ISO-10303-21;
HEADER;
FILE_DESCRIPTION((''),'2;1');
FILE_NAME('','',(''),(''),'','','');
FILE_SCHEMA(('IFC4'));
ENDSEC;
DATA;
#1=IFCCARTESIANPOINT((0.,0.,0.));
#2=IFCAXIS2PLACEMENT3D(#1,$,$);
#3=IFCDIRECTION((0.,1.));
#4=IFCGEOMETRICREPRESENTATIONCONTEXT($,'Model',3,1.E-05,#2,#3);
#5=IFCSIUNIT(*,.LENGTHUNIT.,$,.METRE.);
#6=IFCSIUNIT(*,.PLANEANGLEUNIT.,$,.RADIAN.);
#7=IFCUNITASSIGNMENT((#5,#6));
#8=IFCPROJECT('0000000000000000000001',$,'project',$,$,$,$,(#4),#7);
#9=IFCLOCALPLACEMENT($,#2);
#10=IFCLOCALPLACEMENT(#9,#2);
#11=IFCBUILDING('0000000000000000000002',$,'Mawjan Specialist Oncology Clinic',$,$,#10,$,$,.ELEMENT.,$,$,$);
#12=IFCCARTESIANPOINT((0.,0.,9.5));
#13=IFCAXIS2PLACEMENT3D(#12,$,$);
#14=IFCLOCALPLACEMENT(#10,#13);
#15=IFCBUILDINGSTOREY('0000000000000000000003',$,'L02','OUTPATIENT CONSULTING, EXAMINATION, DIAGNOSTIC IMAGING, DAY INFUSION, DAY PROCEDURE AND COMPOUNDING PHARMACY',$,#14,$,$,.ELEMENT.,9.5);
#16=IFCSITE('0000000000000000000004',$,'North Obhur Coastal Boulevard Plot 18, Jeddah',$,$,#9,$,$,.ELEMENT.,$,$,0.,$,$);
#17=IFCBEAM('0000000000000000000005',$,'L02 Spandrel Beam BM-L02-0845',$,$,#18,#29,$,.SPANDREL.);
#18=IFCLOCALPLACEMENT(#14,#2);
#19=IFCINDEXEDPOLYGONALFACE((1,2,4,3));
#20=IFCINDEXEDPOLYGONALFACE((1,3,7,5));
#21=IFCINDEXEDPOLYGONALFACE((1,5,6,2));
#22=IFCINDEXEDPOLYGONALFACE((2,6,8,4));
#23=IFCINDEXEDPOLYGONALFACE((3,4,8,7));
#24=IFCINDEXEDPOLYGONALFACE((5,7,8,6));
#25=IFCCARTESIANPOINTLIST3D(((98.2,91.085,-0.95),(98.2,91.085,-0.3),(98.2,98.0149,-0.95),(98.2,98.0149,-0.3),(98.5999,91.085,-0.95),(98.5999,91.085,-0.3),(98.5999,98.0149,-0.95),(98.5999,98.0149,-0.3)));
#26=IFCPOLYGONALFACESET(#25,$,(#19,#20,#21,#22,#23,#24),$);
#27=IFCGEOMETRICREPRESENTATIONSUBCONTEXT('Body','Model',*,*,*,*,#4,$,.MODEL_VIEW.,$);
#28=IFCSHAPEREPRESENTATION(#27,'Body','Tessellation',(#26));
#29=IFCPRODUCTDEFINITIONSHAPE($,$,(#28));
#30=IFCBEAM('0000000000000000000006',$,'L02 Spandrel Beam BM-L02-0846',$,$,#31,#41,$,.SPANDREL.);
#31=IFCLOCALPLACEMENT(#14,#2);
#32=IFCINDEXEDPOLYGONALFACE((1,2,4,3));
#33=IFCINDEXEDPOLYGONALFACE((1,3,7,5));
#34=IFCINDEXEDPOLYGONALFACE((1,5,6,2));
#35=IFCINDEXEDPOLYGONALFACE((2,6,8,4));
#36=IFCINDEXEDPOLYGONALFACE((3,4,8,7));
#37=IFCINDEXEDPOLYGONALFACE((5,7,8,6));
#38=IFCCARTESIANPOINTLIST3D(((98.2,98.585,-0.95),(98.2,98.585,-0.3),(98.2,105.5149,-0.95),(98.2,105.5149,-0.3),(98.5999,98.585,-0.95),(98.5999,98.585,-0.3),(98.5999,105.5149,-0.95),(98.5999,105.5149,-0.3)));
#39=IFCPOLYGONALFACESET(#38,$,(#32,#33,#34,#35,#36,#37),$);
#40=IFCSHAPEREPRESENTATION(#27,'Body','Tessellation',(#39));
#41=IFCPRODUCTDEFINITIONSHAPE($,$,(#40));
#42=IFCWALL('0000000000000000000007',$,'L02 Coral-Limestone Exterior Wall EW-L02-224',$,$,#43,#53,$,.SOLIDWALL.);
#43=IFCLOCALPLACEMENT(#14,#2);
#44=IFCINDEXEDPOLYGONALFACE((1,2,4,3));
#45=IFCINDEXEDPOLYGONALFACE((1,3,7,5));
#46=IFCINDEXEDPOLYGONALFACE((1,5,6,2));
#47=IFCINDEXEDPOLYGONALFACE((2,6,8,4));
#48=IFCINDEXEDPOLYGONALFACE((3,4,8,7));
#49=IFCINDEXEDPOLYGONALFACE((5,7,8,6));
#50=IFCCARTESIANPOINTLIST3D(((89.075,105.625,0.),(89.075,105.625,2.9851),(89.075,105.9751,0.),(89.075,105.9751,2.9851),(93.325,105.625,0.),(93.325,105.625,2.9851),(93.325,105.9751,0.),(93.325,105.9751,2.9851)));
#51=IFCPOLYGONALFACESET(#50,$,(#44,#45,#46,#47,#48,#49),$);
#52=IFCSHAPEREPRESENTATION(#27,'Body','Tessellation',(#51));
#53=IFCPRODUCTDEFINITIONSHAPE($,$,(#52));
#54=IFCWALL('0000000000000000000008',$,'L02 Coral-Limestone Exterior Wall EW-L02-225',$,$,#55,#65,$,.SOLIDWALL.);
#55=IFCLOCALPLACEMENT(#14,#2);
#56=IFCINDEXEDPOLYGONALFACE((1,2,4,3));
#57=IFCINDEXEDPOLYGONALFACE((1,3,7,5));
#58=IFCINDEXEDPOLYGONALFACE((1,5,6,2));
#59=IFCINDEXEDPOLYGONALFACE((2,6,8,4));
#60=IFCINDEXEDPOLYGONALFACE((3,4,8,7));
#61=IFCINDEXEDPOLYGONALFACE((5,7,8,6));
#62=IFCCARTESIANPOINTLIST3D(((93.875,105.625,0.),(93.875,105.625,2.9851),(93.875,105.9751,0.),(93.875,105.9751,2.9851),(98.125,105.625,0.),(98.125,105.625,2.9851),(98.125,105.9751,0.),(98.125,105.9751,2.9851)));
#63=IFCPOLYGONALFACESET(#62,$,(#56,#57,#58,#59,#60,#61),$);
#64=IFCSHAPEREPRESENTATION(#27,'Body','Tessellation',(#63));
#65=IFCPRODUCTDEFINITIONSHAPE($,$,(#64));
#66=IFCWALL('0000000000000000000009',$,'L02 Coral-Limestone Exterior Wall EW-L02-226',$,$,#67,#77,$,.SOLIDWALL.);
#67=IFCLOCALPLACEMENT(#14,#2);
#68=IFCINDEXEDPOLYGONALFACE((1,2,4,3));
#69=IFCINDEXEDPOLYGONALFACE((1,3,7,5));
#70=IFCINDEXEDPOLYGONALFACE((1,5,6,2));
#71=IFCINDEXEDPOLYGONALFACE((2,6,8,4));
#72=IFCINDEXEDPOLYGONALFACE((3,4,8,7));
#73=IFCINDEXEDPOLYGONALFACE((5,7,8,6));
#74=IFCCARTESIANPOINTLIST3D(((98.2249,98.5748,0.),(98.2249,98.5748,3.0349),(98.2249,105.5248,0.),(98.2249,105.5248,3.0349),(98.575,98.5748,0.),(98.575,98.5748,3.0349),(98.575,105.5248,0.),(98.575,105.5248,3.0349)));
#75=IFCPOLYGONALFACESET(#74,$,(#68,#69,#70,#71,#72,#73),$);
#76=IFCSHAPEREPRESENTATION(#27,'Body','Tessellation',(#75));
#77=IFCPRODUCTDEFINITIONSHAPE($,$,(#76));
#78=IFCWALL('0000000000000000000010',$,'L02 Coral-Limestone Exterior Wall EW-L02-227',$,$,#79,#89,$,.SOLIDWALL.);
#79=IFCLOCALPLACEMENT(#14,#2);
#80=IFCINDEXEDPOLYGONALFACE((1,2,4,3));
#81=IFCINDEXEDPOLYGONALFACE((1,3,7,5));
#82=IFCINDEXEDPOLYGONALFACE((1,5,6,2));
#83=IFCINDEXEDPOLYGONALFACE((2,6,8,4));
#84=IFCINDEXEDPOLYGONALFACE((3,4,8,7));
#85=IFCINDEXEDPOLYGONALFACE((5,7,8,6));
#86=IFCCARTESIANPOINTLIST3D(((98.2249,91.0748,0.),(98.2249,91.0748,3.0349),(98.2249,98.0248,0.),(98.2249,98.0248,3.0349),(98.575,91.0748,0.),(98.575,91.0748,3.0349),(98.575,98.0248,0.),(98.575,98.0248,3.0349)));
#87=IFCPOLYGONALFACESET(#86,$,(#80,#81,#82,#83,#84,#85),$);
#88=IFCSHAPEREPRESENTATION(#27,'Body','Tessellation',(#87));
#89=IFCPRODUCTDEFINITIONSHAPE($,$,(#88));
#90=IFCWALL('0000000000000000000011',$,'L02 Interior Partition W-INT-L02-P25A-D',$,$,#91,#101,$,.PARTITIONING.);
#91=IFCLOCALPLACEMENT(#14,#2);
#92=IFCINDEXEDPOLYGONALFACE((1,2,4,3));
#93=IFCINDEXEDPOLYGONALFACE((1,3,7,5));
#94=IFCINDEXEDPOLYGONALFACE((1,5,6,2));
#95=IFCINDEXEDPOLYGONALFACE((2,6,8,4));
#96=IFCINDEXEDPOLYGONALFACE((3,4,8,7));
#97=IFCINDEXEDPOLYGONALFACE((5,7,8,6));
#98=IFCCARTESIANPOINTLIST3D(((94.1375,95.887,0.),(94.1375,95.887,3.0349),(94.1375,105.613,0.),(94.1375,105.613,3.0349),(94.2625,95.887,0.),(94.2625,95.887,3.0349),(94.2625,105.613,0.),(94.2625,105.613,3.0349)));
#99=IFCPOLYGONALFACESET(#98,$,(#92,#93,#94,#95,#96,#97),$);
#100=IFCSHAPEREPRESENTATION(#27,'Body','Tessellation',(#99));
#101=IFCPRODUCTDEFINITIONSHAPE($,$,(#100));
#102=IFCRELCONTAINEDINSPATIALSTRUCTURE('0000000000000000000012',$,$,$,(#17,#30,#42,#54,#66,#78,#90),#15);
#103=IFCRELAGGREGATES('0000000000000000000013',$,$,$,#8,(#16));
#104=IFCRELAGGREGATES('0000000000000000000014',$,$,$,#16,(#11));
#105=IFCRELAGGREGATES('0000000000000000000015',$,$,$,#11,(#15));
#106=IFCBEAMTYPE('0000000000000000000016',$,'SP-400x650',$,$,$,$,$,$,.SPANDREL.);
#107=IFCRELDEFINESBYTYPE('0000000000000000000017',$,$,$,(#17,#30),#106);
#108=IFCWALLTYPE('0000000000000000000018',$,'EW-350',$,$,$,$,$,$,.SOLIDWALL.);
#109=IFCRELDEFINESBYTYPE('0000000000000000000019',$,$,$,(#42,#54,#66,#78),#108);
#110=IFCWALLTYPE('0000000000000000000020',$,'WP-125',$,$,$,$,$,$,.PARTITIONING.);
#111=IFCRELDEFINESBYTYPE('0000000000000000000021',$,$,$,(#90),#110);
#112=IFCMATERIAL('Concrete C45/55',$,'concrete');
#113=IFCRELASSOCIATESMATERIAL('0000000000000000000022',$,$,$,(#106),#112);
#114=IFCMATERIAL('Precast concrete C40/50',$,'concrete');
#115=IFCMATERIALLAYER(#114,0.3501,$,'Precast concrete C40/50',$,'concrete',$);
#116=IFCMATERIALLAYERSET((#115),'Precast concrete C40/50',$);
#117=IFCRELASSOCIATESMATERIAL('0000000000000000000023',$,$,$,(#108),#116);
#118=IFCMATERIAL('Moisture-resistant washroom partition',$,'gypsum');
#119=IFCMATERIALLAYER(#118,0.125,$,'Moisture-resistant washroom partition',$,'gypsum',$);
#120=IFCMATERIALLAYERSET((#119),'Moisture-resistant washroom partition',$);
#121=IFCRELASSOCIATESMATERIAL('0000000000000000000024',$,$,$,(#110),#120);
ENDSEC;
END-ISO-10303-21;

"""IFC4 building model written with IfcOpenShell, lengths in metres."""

from ifc_helpers import new_model, si_unit, direction, frame, frame_2d, origin, origin_2d, place, context, subcontext, project, spatial, rectangle, extrude, material, layer, layer_set, material_profile, profile_set, type_object, element, save


model = new_model("IFC4")

# Units and contexts
model_context = context("Model", 3, precision=1e-05, world=origin(), true_north=direction((0.0, 1.0)))
body_context = subcontext(model_context, "Body", "Model", "MODEL_VIEW")
ifc_project = project(units=[si_unit("LENGTHUNIT", "METRE"), si_unit("PLANEANGLEUNIT", "RADIAN")], contexts=[model_context])

# Site, building, storey
site_placement = place(None, origin())
site = spatial("IfcSite", under=ifc_project, at=site_placement, Name="North Obhur Coastal Boulevard Plot 18, Jeddah", CompositionType="ELEMENT", RefElevation=0.0)
building_placement = place(site_placement, origin())
building = spatial("IfcBuilding", under=site, at=building_placement, Name="Mawjan Specialist Oncology Clinic", CompositionType="ELEMENT")
storey_placement = place(building_placement, frame((0.0, 0.0, 9.5)))
storey = spatial("IfcBuildingStorey", under=building, at=storey_placement, Name="L02", Description="OUTPATIENT CONSULTING, EXAMINATION, DIAGNOSTIC IMAGING, DAY INFUSION, DAY PROCEDURE AND COMPOUNDING PHARMACY", CompositionType="ELEMENT", Elevation=9.5)

# Beams
ifc_material_1 = material(Name="Concrete C45/55", Category="concrete")
ifc_material_profile_1 = material_profile(ifc_material_1, rectangle(XDim=0.3999, YDim=0.6499, at=origin_2d()), Name="RC BM 400x650", Category="concrete")
ifc_profile_set_1 = profile_set([ifc_material_profile_1], Name="Concrete C45/55")
beam_type_1 = type_object("IfcBeamType", Name="SP-400x650", PredefinedType="SPANDREL", material=ifc_profile_set_1)
for number, where, z_axis, x_axis, name in (
    (1, (98.3999, 91.085, -0.625), (0.0, 1.0, 0.0), (-1.0, 0.0, 0.0), "L02 Spandrel Beam BM-L02-0845"),
    (2, (98.3999, 98.585, -0.625), (0.0, 1.0, 0.0), (-1.0, 0.0, 0.0), "L02 Spandrel Beam BM-L02-0846"),
):
    element("IfcBeam", number, at=place(storey_placement, frame(where, z_axis=z_axis, x_axis=x_axis)), inside=storey, type_object=beam_type_1, Name=name, PredefinedType="SPANDREL", context=body_context, shape_type="SweptSolid", body=[
        extrude(rectangle(XDim=0.3999, YDim=0.6499, at=origin_2d()), origin(), (0.0, 0.0, 1.0), 6.9299),
    ])

# Walls
ifc_material_2 = material(Name="Precast concrete C40/50", Category="concrete")
ifc_layer_1 = layer(ifc_material_2, 0.3501, Name="Precast concrete C40/50", Category="concrete")
ifc_layer_set_1 = layer_set([ifc_layer_1], Name="Precast concrete C40/50")
wall_type_1 = type_object("IfcWallType", Name="EW-350", PredefinedType="SOLIDWALL", material=ifc_layer_set_1)
for number, where, z_axis, x_axis, name in (
    (3, (89.075, 105.8, 0.0), (0.0, 0.0, 1.0), (1.0, 0.0, 0.0), "L02 Coral-Limestone Exterior Wall EW-L02-224"),
    (4, (93.875, 105.8, 0.0), (0.0, 0.0, 1.0), (1.0, 0.0, 0.0), "L02 Coral-Limestone Exterior Wall EW-L02-225"),
):
    element("IfcWall", number, at=place(storey_placement, frame(where, z_axis=z_axis, x_axis=x_axis)), inside=storey, type_object=wall_type_1, Name=name, PredefinedType="SOLIDWALL", context=body_context, shape_type="SweptSolid", body=[
        extrude(rectangle(XDim=4.25, YDim=0.3501, at=frame_2d((2.125, 0.0))), origin(), (0.0, 0.0, 1.0), 2.9851),
    ])
for number, where, z_axis, x_axis, name in (
    (5, (98.3999, 105.5249, 0.0), (0.0, 0.0, 1.0), (0.0, -1.0, 0.0), "L02 Coral-Limestone Exterior Wall EW-L02-226"),
    (6, (98.3999, 98.0249, 0.0), (0.0, 0.0, 1.0), (0.0, -1.0, 0.0), "L02 Coral-Limestone Exterior Wall EW-L02-227"),
):
    element("IfcWall", number, at=place(storey_placement, frame(where, z_axis=z_axis, x_axis=x_axis)), inside=storey, type_object=wall_type_1, Name=name, PredefinedType="SOLIDWALL", context=body_context, shape_type="SweptSolid", body=[
        extrude(rectangle(XDim=6.95, YDim=0.3501, at=frame_2d((3.4751, 0.0))), origin(), (0.0, 0.0, 1.0), 3.0349),
    ])
ifc_material_3 = material(Name="Moisture-resistant washroom partition", Category="gypsum")
ifc_layer_2 = layer(ifc_material_3, 0.125, Name="Moisture-resistant washroom partition", Category="gypsum")
ifc_layer_set_2 = layer_set([ifc_layer_2], Name="Moisture-resistant washroom partition")
wall_type_2 = type_object("IfcWallType", Name="WP-125", PredefinedType="PARTITIONING", material=ifc_layer_set_2)
wall_1_placement = place(storey_placement, frame((94.2, 95.887, 0.0), z_axis=(0.0, 0.0, 1.0), x_axis=(0.0, 1.0, 0.0)))
element("IfcWall", 7, at=wall_1_placement, inside=storey, type_object=wall_type_2, Name="L02 Interior Partition W-INT-L02-P25A-D", PredefinedType="PARTITIONING", context=body_context, shape_type="SweptSolid", body=[
    extrude(rectangle(XDim=9.7261, YDim=0.125, at=frame_2d((4.863, 0.0))), origin(), (0.0, 0.0, 1.0), 3.0349),
])

save(model, "model.ifc")
